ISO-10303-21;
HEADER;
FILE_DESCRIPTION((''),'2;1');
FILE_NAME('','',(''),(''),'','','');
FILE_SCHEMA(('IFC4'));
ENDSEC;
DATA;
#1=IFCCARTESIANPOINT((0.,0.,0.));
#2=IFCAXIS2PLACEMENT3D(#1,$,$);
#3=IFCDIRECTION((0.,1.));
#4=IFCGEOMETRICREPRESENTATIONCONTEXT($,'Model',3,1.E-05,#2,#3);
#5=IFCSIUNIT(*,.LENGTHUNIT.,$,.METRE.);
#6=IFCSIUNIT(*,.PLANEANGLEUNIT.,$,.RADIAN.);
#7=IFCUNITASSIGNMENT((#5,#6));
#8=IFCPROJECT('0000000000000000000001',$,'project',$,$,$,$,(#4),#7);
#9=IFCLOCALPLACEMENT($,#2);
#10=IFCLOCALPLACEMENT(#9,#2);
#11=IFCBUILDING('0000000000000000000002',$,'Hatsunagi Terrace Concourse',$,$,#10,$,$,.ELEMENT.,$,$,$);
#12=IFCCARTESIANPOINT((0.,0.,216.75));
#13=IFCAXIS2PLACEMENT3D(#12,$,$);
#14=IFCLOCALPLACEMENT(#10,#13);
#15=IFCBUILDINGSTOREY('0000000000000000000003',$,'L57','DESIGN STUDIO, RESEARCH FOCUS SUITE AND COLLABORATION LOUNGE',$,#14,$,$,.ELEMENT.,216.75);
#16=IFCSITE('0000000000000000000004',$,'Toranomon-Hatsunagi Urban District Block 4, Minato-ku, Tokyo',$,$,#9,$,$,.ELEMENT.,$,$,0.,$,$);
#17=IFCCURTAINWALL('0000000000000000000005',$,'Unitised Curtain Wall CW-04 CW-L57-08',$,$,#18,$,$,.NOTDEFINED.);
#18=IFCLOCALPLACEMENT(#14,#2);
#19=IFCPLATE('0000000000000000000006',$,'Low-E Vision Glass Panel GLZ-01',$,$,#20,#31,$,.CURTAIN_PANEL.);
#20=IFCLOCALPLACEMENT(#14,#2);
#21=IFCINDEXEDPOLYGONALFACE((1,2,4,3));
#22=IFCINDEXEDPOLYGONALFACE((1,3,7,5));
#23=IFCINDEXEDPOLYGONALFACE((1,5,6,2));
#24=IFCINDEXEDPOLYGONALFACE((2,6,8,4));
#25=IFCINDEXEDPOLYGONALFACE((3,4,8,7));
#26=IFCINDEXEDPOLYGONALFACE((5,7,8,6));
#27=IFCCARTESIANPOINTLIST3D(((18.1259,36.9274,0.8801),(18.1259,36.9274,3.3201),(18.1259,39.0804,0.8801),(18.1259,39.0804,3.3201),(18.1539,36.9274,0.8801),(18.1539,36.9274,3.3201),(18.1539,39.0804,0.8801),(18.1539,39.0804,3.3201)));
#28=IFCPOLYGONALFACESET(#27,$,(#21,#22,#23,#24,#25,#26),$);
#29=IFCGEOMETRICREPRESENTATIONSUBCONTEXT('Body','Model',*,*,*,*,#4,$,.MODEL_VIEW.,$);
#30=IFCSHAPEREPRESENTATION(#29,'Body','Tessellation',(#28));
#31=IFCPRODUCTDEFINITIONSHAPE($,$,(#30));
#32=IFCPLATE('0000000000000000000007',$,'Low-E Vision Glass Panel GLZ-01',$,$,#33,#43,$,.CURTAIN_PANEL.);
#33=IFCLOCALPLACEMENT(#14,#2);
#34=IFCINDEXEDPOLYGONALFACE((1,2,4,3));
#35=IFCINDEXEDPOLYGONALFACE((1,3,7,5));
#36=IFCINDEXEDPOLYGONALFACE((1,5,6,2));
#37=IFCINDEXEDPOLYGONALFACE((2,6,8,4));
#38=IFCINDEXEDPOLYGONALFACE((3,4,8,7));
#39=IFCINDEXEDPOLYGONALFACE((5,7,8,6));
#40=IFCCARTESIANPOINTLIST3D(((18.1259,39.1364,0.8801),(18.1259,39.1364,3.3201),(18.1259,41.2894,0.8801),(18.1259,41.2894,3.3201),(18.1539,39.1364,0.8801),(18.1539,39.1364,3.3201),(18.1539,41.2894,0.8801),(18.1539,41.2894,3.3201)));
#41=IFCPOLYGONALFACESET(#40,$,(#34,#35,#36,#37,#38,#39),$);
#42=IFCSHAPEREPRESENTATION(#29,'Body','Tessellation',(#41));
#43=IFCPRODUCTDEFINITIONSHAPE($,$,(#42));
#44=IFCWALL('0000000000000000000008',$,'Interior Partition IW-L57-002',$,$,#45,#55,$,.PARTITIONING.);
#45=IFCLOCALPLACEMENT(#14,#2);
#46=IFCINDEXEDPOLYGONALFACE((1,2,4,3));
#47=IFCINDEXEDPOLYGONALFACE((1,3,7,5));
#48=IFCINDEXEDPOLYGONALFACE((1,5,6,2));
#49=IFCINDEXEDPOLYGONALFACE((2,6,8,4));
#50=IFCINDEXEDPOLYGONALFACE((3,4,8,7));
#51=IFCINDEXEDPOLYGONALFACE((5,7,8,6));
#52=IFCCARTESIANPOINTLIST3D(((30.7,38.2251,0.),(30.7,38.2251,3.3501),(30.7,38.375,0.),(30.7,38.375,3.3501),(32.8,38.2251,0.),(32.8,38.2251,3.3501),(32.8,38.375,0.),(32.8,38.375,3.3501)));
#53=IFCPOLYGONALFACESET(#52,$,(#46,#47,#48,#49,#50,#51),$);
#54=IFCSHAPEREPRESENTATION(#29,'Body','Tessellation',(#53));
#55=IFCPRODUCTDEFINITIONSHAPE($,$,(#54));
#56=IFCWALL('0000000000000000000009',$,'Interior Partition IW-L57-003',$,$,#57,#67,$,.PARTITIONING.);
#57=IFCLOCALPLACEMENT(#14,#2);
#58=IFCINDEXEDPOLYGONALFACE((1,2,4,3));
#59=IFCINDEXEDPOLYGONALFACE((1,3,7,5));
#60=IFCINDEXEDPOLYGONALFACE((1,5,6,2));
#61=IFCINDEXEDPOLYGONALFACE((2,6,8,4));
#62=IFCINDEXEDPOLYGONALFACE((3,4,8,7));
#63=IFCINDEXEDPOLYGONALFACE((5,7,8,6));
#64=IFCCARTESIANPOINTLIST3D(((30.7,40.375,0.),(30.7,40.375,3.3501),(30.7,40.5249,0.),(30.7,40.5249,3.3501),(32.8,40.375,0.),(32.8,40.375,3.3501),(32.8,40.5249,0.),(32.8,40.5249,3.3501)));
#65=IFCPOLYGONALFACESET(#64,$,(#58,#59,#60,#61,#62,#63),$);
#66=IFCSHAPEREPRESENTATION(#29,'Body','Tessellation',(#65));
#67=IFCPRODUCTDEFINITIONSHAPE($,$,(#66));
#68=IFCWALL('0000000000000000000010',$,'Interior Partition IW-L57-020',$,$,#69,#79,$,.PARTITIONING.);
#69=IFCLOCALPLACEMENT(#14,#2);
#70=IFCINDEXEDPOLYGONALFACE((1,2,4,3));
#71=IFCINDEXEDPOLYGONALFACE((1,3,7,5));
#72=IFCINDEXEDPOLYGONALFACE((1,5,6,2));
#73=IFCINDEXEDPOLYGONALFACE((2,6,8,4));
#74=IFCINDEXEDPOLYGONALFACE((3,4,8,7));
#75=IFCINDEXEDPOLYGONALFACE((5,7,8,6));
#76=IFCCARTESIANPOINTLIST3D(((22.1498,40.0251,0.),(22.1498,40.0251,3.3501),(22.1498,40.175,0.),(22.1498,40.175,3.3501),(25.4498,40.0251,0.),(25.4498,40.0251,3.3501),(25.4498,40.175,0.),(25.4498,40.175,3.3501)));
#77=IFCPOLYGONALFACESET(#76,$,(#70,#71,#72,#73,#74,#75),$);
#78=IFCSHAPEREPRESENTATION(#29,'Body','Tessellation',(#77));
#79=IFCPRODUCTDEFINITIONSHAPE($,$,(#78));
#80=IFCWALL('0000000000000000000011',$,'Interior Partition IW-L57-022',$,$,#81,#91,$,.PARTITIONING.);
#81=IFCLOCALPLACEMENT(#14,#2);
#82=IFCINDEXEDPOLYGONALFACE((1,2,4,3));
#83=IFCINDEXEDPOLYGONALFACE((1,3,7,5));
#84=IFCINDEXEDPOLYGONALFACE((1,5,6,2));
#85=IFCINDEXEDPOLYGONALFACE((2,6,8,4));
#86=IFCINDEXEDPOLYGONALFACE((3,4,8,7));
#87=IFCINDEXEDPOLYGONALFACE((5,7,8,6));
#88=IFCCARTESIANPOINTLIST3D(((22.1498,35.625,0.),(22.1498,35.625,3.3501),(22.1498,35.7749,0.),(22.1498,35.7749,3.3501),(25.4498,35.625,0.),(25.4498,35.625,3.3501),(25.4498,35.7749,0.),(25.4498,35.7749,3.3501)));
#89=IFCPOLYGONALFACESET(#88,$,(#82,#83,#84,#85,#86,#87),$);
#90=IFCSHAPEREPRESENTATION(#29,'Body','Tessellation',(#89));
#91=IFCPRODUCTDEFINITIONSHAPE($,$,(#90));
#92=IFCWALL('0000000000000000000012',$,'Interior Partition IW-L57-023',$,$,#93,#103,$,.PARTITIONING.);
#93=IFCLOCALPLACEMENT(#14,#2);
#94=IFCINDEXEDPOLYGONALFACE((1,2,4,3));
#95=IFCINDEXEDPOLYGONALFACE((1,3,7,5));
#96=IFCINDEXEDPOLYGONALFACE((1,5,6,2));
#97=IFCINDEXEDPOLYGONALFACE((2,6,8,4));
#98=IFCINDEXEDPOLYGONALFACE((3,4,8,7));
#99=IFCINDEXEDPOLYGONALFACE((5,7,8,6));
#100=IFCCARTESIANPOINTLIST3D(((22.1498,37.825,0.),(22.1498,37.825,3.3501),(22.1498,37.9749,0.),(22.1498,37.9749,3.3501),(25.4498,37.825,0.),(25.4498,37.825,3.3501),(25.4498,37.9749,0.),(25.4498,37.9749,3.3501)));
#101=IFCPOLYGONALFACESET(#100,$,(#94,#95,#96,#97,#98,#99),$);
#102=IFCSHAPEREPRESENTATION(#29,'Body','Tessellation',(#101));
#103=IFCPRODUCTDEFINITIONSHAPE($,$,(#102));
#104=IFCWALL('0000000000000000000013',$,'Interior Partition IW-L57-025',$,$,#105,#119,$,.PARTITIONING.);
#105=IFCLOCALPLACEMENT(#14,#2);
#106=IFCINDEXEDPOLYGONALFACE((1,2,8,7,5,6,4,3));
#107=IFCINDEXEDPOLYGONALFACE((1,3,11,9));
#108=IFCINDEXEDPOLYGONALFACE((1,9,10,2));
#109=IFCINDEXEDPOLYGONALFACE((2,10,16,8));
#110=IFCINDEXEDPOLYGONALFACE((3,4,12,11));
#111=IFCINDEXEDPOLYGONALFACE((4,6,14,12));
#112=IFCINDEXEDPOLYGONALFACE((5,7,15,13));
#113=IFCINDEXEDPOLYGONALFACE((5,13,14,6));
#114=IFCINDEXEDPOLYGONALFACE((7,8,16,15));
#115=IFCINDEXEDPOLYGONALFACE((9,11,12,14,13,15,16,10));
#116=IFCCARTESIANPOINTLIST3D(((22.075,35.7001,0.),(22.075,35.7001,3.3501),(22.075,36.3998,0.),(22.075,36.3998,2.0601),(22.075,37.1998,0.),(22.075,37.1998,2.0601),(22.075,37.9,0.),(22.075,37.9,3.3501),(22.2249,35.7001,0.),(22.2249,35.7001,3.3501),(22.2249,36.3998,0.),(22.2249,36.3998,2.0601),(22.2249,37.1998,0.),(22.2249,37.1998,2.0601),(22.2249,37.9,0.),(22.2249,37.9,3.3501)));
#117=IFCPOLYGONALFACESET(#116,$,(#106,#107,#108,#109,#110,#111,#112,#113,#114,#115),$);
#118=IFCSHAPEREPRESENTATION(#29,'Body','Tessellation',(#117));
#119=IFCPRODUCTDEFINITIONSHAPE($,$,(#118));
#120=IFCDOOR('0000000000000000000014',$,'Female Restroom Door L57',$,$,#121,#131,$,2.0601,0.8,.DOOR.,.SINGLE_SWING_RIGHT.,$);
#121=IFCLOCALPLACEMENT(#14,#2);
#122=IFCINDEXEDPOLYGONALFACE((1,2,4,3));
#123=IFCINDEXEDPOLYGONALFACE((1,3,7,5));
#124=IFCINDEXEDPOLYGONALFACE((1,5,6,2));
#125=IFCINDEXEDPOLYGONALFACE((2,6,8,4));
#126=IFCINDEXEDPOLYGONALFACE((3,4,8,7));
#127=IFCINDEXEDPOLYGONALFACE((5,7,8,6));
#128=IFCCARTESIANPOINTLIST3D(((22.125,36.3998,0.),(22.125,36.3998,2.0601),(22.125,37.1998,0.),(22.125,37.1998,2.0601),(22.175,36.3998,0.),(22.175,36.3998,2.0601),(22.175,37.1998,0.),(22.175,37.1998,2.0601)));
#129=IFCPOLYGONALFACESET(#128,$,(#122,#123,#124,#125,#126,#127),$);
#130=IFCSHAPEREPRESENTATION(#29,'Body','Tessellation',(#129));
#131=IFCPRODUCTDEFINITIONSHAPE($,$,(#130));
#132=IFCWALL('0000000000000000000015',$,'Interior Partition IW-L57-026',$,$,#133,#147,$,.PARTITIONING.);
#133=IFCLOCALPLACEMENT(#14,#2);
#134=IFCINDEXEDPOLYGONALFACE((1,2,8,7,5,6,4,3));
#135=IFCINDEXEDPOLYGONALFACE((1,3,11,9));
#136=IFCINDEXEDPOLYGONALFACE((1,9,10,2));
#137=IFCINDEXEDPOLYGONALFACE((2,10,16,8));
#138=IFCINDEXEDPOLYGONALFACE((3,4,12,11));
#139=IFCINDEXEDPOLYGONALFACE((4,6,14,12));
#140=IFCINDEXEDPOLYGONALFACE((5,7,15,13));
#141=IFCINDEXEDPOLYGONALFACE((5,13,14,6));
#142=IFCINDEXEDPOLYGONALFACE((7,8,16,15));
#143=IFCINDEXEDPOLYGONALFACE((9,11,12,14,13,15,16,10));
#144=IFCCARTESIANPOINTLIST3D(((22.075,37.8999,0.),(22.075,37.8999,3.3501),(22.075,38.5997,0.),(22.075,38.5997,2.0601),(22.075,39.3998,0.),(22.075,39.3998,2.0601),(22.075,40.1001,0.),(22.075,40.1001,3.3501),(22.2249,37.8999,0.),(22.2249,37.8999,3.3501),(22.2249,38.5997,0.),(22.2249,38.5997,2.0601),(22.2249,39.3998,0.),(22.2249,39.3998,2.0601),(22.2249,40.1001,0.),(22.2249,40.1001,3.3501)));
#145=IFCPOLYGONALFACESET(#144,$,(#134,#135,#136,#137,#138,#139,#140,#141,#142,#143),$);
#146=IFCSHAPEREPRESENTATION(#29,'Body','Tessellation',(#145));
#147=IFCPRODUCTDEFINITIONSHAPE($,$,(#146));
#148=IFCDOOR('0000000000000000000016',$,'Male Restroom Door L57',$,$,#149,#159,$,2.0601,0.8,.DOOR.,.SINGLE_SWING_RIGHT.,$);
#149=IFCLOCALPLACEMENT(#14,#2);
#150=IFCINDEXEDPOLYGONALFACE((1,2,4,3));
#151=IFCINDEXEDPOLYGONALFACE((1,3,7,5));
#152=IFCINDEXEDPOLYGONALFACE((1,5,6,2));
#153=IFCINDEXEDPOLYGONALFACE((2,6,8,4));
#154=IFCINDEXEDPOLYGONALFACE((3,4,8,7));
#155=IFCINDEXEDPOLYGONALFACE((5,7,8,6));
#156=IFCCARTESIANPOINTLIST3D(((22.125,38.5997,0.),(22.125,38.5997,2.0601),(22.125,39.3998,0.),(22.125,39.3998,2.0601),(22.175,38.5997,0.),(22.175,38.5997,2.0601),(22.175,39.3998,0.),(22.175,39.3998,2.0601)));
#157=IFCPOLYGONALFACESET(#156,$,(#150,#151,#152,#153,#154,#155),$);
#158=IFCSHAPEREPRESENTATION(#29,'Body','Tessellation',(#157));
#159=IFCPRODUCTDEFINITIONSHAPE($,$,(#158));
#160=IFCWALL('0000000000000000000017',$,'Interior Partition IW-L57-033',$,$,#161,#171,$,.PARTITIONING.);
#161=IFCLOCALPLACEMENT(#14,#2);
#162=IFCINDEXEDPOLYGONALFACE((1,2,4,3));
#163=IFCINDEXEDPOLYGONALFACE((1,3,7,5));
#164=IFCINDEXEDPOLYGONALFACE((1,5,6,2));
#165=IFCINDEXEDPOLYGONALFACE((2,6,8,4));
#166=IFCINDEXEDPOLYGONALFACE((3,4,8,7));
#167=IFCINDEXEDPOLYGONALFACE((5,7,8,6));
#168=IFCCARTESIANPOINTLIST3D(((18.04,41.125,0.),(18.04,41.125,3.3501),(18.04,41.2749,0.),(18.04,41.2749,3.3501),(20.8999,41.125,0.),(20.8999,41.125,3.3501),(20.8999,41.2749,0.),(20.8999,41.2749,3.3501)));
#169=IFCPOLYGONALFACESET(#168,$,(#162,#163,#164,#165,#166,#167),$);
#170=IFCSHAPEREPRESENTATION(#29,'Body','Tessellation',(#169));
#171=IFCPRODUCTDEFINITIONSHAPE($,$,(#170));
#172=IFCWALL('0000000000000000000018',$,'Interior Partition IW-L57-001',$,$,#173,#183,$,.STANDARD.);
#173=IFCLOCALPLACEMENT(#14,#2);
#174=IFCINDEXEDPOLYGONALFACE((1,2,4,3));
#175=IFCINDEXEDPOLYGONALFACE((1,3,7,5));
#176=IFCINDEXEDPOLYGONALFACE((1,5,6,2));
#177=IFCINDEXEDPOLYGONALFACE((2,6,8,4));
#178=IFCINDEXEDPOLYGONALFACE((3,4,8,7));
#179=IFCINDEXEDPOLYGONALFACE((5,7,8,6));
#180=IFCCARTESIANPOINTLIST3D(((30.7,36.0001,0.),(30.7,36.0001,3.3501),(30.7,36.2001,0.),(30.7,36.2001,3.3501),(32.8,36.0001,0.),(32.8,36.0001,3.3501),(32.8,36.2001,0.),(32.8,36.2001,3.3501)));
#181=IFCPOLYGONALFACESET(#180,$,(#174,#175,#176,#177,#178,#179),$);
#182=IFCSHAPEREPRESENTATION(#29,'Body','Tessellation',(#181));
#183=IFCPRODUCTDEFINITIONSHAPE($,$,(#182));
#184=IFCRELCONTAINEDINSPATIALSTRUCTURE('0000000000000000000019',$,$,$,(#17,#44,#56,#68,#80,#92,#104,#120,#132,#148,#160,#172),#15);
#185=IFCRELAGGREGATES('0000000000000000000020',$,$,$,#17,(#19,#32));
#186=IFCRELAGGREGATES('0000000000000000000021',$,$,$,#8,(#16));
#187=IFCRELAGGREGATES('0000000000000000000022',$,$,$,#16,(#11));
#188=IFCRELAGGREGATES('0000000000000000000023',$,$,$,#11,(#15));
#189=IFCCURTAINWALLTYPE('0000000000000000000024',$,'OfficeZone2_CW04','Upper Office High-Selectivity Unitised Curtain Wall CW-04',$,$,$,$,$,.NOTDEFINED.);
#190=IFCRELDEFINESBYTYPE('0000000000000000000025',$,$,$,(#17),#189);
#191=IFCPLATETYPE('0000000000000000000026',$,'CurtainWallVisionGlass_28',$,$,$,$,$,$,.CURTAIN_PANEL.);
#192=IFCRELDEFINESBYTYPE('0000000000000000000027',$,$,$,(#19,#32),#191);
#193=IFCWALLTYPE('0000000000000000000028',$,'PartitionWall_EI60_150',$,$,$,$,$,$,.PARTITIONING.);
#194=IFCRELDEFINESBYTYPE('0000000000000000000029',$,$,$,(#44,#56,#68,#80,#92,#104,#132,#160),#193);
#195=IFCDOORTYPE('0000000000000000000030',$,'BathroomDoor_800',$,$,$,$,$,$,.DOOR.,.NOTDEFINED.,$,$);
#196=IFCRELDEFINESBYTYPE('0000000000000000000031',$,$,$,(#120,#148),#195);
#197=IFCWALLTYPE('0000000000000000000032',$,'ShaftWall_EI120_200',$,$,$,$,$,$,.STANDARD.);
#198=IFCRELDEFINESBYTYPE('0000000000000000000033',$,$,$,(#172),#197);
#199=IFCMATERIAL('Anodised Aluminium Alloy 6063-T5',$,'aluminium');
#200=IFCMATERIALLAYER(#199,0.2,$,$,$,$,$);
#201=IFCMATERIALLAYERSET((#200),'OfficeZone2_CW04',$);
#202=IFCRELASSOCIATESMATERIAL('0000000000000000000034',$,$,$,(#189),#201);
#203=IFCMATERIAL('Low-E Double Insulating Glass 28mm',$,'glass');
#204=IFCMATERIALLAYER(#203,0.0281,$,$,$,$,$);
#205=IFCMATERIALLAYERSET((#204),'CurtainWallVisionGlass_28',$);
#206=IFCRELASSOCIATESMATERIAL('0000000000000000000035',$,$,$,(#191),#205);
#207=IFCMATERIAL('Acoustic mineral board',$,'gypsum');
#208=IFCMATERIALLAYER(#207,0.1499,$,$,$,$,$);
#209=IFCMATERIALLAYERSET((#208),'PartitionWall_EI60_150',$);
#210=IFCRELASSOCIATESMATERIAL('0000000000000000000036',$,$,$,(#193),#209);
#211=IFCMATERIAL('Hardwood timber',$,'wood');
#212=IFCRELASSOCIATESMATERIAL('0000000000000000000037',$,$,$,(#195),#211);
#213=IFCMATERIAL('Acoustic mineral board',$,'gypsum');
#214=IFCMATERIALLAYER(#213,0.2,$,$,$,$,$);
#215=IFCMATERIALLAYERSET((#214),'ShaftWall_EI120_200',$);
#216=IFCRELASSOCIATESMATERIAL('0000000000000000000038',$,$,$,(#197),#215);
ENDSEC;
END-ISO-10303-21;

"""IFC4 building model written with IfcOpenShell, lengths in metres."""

from ifc_helpers import new_model, si_unit, direction, frame, frame_2d, origin, origin_2d, place, context, subcontext, project, spatial, rectangle, extrude, material, layer, layer_set, type_object, element, fill, aggregate, save


model = new_model("IFC4")

# Units and contexts
model_context = context("Model", 3, precision=1e-05, world=origin(), true_north=direction((0.0, 1.0)))
body_context = subcontext(model_context, "Body", "Model", "MODEL_VIEW")
ifc_project = project(units=[si_unit("LENGTHUNIT", "METRE"), si_unit("PLANEANGLEUNIT", "RADIAN")], contexts=[model_context])

# Site, building, storey
site_placement = place(None, origin())
site = spatial("IfcSite", under=ifc_project, at=site_placement, Name="Toranomon-Hatsunagi Urban District Block 4, Minato-ku, Tokyo", CompositionType="ELEMENT", RefElevation=0.0)
building_placement = place(site_placement, origin())
building = spatial("IfcBuilding", under=site, at=building_placement, Name="Hatsunagi Terrace Concourse", CompositionType="ELEMENT")
storey_placement = place(building_placement, frame((0.0, 0.0, 216.75)))
storey = spatial("IfcBuildingStorey", under=building, at=storey_placement, Name="L57", Description="DESIGN STUDIO, RESEARCH FOCUS SUITE AND COLLABORATION LOUNGE", CompositionType="ELEMENT", Elevation=216.75)

# Curtain wall
ifc_material_1 = material(Name="Anodised Aluminium Alloy 6063-T5", Category="aluminium")
ifc_layer_1 = layer(ifc_material_1, 0.2)
ifc_layer_set_1 = layer_set([ifc_layer_1], Name="OfficeZone2_CW04")
curtain_wall_type = type_object("IfcCurtainWallType", Name="OfficeZone2_CW04", Description="Upper Office High-Selectivity Unitised Curtain Wall CW-04", PredefinedType="NOTDEFINED", material=ifc_layer_set_1)
curtain_wall_placement = place(storey_placement, origin())
curtain_wall = element("IfcCurtainWall", 1, at=curtain_wall_placement, inside=storey, type_object=curtain_wall_type, Name="Unitised Curtain Wall CW-04 CW-L57-08", PredefinedType="NOTDEFINED")

# Plates
ifc_material_2 = material(Name="Low-E Double Insulating Glass 28mm", Category="glass")
ifc_layer_2 = layer(ifc_material_2, 0.0281)
ifc_layer_set_2 = layer_set([ifc_layer_2], Name="CurtainWallVisionGlass_28")
plate_type_1 = type_object("IfcPlateType", Name="CurtainWallVisionGlass_28", PredefinedType="CURTAIN_PANEL", material=ifc_layer_set_2)
plate_1_placement = place(storey_placement, frame((18.1399, 38.0039, 0.8801), z_axis=(0.0, 0.0, 1.0), x_axis=(0.0, 1.0, 0.0)))
plate_1 = element("IfcPlate", 2, at=plate_1_placement, type_object=plate_type_1, Name="Low-E Vision Glass Panel GLZ-01", PredefinedType="CURTAIN_PANEL", context=body_context, shape_type="SweptSolid", body=[
    extrude(rectangle(XDim=2.1531, YDim=0.0281, at=origin_2d()), origin(), (0.0, 0.0, 1.0), 2.4399),
])
plate_2_placement = place(storey_placement, frame((18.1399, 40.2129, 0.8801), z_axis=(0.0, 0.0, 1.0), x_axis=(0.0, 1.0, 0.0)))
plate_2 = element("IfcPlate", 3, at=plate_2_placement, type_object=plate_type_1, Name="Low-E Vision Glass Panel GLZ-01", PredefinedType="CURTAIN_PANEL", context=body_context, shape_type="SweptSolid", body=[
    extrude(rectangle(XDim=2.1531, YDim=0.0281, at=origin_2d()), origin(), (0.0, 0.0, 1.0), 2.4399),
])
aggregate(curtain_wall, [plate_1, plate_2])

# Walls
ifc_material_3 = material(Name="Acoustic mineral board", Category="gypsum")
ifc_layer_3 = layer(ifc_material_3, 0.1499)
ifc_layer_set_3 = layer_set([ifc_layer_3], Name="PartitionWall_EI60_150")
wall_type_1 = type_object("IfcWallType", Name="PartitionWall_EI60_150", PredefinedType="PARTITIONING", material=ifc_layer_set_3)
for number, where, z_axis, x_axis, name in (
    (4, (30.7, 38.3, 0.0), (0.0, 0.0, 1.0), (1.0, 0.0, 0.0), "Interior Partition IW-L57-002"),
    (5, (30.7, 40.45, 0.0), (0.0, 0.0, 1.0), (1.0, 0.0, 0.0), "Interior Partition IW-L57-003"),
):
    element("IfcWall", number, at=place(storey_placement, frame(where, z_axis=z_axis, x_axis=x_axis)), inside=storey, type_object=wall_type_1, Name=name, PredefinedType="PARTITIONING", context=body_context, shape_type="SweptSolid", body=[
        extrude(rectangle(XDim=2.1001, YDim=0.1499, at=frame_2d((1.05, 0.0))), origin(), (0.0, 0.0, 1.0), 3.3501),
    ])
for number, where, z_axis, x_axis, name in (
    (6, (22.1499, 40.1001, 0.0), (0.0, 0.0, 1.0), (1.0, 0.0, 0.0), "Interior Partition IW-L57-020"),
    (7, (22.1499, 35.7, 0.0), (0.0, 0.0, 1.0), (1.0, 0.0, 0.0), "Interior Partition IW-L57-022"),
    (8, (22.1499, 37.8999, 0.0), (0.0, 0.0, 1.0), (1.0, 0.0, 0.0), "Interior Partition IW-L57-023"),
):
    element("IfcWall", number, at=place(storey_placement, frame(where, z_axis=z_axis, x_axis=x_axis)), inside=storey, type_object=wall_type_1, Name=name, PredefinedType="PARTITIONING", context=body_context, shape_type="SweptSolid", body=[
        extrude(rectangle(XDim=3.3, YDim=0.1499, at=frame_2d((1.6499, 0.0))), origin(), (0.0, 0.0, 1.0), 3.3501),
    ])

# Walls, openings, doors
wall_1_placement = place(storey_placement, frame((22.1499, 35.7, 0.0), z_axis=(0.0, 0.0, 1.0), x_axis=(0.0, 1.0, 0.0)))
wall_1 = element("IfcWall", 9, at=wall_1_placement, inside=storey, type_object=wall_type_1, Name="Interior Partition IW-L57-025", PredefinedType="PARTITIONING", context=body_context, shape_type="SweptSolid", body=[
    extrude(rectangle(XDim=2.2, YDim=0.1499, at=frame_2d((1.1001, 0.0))), origin(), (0.0, 0.0, 1.0), 3.3501),
])
opening_1_placement = place(wall_1_placement, frame((0.7, 0.0, 0.0)))
opening_1 = element("IfcOpeningElement", 10, at=opening_1_placement, cuts=wall_1, PredefinedType="OPENING", context=body_context, shape_type="SweptSolid", body=[
    extrude(rectangle(XDim=0.8, YDim=2.0601, at=frame_2d((0.3999, 1.03))), frame((0.0, 0.085, 0.0), z_axis=(0.0, -1.0, 0.0), x_axis=(1.0, 0.0, 0.0)), (0.0, 0.0, 1.0), 0.1699),
])
ifc_material_4 = material(Name="Hardwood timber", Category="wood")
door_type = type_object("IfcDoorType", Name="BathroomDoor_800", OperationType="NOTDEFINED", PredefinedType="DOOR", material=ifc_material_4)
door_1_placement = place(opening_1_placement, origin())
door_1 = element("IfcDoor", 11, at=door_1_placement, inside=storey, type_object=door_type, Name="Female Restroom Door L57", OperationType="SINGLE_SWING_RIGHT", OverallHeight=2.0601, OverallWidth=0.8, PredefinedType="DOOR", context=body_context, shape_type="SweptSolid", body=[
    extrude(rectangle(XDim=0.8, YDim=2.0601, at=frame_2d((0.3999, 1.03))), frame((0.0, 0.0249, 0.0), z_axis=(0.0, -1.0, 0.0), x_axis=(1.0, 0.0, 0.0)), (0.0, 0.0, 1.0), 0.05),
])
fill(opening_1, door_1)
wall_2_placement = place(storey_placement, frame((22.1499, 37.8999, 0.0), z_axis=(0.0, 0.0, 1.0), x_axis=(0.0, 1.0, 0.0)))
wall_2 = element("IfcWall", 12, at=wall_2_placement, inside=storey, type_object=wall_type_1, Name="Interior Partition IW-L57-026", PredefinedType="PARTITIONING", context=body_context, shape_type="SweptSolid", body=[
    extrude(rectangle(XDim=2.2002, YDim=0.1499, at=frame_2d((1.1001, 0.0))), origin(), (0.0, 0.0, 1.0), 3.3501),
])
opening_2_placement = place(wall_2_placement, frame((0.7, 0.0, 0.0)))
opening_2 = element("IfcOpeningElement", 13, at=opening_2_placement, cuts=wall_2, PredefinedType="OPENING", context=body_context, shape_type="SweptSolid", body=[
    extrude(rectangle(XDim=0.8, YDim=2.0601, at=frame_2d((0.3999, 1.03))), frame((0.0, 0.085, 0.0), z_axis=(0.0, -1.0, 0.0), x_axis=(1.0, 0.0, 0.0)), (0.0, 0.0, 1.0), 0.1699),
])
door_2_placement = place(opening_2_placement, origin())
door_2 = element("IfcDoor", 14, at=door_2_placement, inside=storey, type_object=door_type, Name="Male Restroom Door L57", OperationType="SINGLE_SWING_RIGHT", OverallHeight=2.0601, OverallWidth=0.8, PredefinedType="DOOR", context=body_context, shape_type="SweptSolid", body=[
    extrude(rectangle(XDim=0.8, YDim=2.0601, at=frame_2d((0.3999, 1.03))), frame((0.0, 0.0249, 0.0), z_axis=(0.0, -1.0, 0.0), x_axis=(1.0, 0.0, 0.0)), (0.0, 0.0, 1.0), 0.05),
])
fill(opening_2, door_2)

# Walls
wall_3_placement = place(storey_placement, frame((18.04, 41.2, 0.0), z_axis=(0.0, 0.0, 1.0), x_axis=(1.0, 0.0, 0.0)))
element("IfcWall", 15, at=wall_3_placement, inside=storey, type_object=wall_type_1, Name="Interior Partition IW-L57-033", PredefinedType="PARTITIONING", context=body_context, shape_type="SweptSolid", body=[
    extrude(rectangle(XDim=2.8599, YDim=0.1499, at=frame_2d((1.4299, 0.0))), origin(), (0.0, 0.0, 1.0), 3.3501),
])
ifc_material_5 = material(Name="Acoustic mineral board", Category="gypsum")
ifc_layer_4 = layer(ifc_material_5, 0.2)
ifc_layer_set_4 = layer_set([ifc_layer_4], Name="ShaftWall_EI120_200")
wall_type_2 = type_object("IfcWallType", Name="ShaftWall_EI120_200", PredefinedType="STANDARD", material=ifc_layer_set_4)
wall_4_placement = place(storey_placement, frame((30.7, 36.1001, 0.0), z_axis=(0.0, 0.0, 1.0), x_axis=(1.0, 0.0, 0.0)))
element("IfcWall", 16, at=wall_4_placement, inside=storey, type_object=wall_type_2, Name="Interior Partition IW-L57-001", PredefinedType="STANDARD", context=body_context, shape_type="SweptSolid", body=[
    extrude(rectangle(XDim=2.1001, YDim=0.2, at=frame_2d((1.05, 0.0))), origin(), (0.0, 0.0, 1.0), 3.3501),
])

save(model, "model.ifc")
